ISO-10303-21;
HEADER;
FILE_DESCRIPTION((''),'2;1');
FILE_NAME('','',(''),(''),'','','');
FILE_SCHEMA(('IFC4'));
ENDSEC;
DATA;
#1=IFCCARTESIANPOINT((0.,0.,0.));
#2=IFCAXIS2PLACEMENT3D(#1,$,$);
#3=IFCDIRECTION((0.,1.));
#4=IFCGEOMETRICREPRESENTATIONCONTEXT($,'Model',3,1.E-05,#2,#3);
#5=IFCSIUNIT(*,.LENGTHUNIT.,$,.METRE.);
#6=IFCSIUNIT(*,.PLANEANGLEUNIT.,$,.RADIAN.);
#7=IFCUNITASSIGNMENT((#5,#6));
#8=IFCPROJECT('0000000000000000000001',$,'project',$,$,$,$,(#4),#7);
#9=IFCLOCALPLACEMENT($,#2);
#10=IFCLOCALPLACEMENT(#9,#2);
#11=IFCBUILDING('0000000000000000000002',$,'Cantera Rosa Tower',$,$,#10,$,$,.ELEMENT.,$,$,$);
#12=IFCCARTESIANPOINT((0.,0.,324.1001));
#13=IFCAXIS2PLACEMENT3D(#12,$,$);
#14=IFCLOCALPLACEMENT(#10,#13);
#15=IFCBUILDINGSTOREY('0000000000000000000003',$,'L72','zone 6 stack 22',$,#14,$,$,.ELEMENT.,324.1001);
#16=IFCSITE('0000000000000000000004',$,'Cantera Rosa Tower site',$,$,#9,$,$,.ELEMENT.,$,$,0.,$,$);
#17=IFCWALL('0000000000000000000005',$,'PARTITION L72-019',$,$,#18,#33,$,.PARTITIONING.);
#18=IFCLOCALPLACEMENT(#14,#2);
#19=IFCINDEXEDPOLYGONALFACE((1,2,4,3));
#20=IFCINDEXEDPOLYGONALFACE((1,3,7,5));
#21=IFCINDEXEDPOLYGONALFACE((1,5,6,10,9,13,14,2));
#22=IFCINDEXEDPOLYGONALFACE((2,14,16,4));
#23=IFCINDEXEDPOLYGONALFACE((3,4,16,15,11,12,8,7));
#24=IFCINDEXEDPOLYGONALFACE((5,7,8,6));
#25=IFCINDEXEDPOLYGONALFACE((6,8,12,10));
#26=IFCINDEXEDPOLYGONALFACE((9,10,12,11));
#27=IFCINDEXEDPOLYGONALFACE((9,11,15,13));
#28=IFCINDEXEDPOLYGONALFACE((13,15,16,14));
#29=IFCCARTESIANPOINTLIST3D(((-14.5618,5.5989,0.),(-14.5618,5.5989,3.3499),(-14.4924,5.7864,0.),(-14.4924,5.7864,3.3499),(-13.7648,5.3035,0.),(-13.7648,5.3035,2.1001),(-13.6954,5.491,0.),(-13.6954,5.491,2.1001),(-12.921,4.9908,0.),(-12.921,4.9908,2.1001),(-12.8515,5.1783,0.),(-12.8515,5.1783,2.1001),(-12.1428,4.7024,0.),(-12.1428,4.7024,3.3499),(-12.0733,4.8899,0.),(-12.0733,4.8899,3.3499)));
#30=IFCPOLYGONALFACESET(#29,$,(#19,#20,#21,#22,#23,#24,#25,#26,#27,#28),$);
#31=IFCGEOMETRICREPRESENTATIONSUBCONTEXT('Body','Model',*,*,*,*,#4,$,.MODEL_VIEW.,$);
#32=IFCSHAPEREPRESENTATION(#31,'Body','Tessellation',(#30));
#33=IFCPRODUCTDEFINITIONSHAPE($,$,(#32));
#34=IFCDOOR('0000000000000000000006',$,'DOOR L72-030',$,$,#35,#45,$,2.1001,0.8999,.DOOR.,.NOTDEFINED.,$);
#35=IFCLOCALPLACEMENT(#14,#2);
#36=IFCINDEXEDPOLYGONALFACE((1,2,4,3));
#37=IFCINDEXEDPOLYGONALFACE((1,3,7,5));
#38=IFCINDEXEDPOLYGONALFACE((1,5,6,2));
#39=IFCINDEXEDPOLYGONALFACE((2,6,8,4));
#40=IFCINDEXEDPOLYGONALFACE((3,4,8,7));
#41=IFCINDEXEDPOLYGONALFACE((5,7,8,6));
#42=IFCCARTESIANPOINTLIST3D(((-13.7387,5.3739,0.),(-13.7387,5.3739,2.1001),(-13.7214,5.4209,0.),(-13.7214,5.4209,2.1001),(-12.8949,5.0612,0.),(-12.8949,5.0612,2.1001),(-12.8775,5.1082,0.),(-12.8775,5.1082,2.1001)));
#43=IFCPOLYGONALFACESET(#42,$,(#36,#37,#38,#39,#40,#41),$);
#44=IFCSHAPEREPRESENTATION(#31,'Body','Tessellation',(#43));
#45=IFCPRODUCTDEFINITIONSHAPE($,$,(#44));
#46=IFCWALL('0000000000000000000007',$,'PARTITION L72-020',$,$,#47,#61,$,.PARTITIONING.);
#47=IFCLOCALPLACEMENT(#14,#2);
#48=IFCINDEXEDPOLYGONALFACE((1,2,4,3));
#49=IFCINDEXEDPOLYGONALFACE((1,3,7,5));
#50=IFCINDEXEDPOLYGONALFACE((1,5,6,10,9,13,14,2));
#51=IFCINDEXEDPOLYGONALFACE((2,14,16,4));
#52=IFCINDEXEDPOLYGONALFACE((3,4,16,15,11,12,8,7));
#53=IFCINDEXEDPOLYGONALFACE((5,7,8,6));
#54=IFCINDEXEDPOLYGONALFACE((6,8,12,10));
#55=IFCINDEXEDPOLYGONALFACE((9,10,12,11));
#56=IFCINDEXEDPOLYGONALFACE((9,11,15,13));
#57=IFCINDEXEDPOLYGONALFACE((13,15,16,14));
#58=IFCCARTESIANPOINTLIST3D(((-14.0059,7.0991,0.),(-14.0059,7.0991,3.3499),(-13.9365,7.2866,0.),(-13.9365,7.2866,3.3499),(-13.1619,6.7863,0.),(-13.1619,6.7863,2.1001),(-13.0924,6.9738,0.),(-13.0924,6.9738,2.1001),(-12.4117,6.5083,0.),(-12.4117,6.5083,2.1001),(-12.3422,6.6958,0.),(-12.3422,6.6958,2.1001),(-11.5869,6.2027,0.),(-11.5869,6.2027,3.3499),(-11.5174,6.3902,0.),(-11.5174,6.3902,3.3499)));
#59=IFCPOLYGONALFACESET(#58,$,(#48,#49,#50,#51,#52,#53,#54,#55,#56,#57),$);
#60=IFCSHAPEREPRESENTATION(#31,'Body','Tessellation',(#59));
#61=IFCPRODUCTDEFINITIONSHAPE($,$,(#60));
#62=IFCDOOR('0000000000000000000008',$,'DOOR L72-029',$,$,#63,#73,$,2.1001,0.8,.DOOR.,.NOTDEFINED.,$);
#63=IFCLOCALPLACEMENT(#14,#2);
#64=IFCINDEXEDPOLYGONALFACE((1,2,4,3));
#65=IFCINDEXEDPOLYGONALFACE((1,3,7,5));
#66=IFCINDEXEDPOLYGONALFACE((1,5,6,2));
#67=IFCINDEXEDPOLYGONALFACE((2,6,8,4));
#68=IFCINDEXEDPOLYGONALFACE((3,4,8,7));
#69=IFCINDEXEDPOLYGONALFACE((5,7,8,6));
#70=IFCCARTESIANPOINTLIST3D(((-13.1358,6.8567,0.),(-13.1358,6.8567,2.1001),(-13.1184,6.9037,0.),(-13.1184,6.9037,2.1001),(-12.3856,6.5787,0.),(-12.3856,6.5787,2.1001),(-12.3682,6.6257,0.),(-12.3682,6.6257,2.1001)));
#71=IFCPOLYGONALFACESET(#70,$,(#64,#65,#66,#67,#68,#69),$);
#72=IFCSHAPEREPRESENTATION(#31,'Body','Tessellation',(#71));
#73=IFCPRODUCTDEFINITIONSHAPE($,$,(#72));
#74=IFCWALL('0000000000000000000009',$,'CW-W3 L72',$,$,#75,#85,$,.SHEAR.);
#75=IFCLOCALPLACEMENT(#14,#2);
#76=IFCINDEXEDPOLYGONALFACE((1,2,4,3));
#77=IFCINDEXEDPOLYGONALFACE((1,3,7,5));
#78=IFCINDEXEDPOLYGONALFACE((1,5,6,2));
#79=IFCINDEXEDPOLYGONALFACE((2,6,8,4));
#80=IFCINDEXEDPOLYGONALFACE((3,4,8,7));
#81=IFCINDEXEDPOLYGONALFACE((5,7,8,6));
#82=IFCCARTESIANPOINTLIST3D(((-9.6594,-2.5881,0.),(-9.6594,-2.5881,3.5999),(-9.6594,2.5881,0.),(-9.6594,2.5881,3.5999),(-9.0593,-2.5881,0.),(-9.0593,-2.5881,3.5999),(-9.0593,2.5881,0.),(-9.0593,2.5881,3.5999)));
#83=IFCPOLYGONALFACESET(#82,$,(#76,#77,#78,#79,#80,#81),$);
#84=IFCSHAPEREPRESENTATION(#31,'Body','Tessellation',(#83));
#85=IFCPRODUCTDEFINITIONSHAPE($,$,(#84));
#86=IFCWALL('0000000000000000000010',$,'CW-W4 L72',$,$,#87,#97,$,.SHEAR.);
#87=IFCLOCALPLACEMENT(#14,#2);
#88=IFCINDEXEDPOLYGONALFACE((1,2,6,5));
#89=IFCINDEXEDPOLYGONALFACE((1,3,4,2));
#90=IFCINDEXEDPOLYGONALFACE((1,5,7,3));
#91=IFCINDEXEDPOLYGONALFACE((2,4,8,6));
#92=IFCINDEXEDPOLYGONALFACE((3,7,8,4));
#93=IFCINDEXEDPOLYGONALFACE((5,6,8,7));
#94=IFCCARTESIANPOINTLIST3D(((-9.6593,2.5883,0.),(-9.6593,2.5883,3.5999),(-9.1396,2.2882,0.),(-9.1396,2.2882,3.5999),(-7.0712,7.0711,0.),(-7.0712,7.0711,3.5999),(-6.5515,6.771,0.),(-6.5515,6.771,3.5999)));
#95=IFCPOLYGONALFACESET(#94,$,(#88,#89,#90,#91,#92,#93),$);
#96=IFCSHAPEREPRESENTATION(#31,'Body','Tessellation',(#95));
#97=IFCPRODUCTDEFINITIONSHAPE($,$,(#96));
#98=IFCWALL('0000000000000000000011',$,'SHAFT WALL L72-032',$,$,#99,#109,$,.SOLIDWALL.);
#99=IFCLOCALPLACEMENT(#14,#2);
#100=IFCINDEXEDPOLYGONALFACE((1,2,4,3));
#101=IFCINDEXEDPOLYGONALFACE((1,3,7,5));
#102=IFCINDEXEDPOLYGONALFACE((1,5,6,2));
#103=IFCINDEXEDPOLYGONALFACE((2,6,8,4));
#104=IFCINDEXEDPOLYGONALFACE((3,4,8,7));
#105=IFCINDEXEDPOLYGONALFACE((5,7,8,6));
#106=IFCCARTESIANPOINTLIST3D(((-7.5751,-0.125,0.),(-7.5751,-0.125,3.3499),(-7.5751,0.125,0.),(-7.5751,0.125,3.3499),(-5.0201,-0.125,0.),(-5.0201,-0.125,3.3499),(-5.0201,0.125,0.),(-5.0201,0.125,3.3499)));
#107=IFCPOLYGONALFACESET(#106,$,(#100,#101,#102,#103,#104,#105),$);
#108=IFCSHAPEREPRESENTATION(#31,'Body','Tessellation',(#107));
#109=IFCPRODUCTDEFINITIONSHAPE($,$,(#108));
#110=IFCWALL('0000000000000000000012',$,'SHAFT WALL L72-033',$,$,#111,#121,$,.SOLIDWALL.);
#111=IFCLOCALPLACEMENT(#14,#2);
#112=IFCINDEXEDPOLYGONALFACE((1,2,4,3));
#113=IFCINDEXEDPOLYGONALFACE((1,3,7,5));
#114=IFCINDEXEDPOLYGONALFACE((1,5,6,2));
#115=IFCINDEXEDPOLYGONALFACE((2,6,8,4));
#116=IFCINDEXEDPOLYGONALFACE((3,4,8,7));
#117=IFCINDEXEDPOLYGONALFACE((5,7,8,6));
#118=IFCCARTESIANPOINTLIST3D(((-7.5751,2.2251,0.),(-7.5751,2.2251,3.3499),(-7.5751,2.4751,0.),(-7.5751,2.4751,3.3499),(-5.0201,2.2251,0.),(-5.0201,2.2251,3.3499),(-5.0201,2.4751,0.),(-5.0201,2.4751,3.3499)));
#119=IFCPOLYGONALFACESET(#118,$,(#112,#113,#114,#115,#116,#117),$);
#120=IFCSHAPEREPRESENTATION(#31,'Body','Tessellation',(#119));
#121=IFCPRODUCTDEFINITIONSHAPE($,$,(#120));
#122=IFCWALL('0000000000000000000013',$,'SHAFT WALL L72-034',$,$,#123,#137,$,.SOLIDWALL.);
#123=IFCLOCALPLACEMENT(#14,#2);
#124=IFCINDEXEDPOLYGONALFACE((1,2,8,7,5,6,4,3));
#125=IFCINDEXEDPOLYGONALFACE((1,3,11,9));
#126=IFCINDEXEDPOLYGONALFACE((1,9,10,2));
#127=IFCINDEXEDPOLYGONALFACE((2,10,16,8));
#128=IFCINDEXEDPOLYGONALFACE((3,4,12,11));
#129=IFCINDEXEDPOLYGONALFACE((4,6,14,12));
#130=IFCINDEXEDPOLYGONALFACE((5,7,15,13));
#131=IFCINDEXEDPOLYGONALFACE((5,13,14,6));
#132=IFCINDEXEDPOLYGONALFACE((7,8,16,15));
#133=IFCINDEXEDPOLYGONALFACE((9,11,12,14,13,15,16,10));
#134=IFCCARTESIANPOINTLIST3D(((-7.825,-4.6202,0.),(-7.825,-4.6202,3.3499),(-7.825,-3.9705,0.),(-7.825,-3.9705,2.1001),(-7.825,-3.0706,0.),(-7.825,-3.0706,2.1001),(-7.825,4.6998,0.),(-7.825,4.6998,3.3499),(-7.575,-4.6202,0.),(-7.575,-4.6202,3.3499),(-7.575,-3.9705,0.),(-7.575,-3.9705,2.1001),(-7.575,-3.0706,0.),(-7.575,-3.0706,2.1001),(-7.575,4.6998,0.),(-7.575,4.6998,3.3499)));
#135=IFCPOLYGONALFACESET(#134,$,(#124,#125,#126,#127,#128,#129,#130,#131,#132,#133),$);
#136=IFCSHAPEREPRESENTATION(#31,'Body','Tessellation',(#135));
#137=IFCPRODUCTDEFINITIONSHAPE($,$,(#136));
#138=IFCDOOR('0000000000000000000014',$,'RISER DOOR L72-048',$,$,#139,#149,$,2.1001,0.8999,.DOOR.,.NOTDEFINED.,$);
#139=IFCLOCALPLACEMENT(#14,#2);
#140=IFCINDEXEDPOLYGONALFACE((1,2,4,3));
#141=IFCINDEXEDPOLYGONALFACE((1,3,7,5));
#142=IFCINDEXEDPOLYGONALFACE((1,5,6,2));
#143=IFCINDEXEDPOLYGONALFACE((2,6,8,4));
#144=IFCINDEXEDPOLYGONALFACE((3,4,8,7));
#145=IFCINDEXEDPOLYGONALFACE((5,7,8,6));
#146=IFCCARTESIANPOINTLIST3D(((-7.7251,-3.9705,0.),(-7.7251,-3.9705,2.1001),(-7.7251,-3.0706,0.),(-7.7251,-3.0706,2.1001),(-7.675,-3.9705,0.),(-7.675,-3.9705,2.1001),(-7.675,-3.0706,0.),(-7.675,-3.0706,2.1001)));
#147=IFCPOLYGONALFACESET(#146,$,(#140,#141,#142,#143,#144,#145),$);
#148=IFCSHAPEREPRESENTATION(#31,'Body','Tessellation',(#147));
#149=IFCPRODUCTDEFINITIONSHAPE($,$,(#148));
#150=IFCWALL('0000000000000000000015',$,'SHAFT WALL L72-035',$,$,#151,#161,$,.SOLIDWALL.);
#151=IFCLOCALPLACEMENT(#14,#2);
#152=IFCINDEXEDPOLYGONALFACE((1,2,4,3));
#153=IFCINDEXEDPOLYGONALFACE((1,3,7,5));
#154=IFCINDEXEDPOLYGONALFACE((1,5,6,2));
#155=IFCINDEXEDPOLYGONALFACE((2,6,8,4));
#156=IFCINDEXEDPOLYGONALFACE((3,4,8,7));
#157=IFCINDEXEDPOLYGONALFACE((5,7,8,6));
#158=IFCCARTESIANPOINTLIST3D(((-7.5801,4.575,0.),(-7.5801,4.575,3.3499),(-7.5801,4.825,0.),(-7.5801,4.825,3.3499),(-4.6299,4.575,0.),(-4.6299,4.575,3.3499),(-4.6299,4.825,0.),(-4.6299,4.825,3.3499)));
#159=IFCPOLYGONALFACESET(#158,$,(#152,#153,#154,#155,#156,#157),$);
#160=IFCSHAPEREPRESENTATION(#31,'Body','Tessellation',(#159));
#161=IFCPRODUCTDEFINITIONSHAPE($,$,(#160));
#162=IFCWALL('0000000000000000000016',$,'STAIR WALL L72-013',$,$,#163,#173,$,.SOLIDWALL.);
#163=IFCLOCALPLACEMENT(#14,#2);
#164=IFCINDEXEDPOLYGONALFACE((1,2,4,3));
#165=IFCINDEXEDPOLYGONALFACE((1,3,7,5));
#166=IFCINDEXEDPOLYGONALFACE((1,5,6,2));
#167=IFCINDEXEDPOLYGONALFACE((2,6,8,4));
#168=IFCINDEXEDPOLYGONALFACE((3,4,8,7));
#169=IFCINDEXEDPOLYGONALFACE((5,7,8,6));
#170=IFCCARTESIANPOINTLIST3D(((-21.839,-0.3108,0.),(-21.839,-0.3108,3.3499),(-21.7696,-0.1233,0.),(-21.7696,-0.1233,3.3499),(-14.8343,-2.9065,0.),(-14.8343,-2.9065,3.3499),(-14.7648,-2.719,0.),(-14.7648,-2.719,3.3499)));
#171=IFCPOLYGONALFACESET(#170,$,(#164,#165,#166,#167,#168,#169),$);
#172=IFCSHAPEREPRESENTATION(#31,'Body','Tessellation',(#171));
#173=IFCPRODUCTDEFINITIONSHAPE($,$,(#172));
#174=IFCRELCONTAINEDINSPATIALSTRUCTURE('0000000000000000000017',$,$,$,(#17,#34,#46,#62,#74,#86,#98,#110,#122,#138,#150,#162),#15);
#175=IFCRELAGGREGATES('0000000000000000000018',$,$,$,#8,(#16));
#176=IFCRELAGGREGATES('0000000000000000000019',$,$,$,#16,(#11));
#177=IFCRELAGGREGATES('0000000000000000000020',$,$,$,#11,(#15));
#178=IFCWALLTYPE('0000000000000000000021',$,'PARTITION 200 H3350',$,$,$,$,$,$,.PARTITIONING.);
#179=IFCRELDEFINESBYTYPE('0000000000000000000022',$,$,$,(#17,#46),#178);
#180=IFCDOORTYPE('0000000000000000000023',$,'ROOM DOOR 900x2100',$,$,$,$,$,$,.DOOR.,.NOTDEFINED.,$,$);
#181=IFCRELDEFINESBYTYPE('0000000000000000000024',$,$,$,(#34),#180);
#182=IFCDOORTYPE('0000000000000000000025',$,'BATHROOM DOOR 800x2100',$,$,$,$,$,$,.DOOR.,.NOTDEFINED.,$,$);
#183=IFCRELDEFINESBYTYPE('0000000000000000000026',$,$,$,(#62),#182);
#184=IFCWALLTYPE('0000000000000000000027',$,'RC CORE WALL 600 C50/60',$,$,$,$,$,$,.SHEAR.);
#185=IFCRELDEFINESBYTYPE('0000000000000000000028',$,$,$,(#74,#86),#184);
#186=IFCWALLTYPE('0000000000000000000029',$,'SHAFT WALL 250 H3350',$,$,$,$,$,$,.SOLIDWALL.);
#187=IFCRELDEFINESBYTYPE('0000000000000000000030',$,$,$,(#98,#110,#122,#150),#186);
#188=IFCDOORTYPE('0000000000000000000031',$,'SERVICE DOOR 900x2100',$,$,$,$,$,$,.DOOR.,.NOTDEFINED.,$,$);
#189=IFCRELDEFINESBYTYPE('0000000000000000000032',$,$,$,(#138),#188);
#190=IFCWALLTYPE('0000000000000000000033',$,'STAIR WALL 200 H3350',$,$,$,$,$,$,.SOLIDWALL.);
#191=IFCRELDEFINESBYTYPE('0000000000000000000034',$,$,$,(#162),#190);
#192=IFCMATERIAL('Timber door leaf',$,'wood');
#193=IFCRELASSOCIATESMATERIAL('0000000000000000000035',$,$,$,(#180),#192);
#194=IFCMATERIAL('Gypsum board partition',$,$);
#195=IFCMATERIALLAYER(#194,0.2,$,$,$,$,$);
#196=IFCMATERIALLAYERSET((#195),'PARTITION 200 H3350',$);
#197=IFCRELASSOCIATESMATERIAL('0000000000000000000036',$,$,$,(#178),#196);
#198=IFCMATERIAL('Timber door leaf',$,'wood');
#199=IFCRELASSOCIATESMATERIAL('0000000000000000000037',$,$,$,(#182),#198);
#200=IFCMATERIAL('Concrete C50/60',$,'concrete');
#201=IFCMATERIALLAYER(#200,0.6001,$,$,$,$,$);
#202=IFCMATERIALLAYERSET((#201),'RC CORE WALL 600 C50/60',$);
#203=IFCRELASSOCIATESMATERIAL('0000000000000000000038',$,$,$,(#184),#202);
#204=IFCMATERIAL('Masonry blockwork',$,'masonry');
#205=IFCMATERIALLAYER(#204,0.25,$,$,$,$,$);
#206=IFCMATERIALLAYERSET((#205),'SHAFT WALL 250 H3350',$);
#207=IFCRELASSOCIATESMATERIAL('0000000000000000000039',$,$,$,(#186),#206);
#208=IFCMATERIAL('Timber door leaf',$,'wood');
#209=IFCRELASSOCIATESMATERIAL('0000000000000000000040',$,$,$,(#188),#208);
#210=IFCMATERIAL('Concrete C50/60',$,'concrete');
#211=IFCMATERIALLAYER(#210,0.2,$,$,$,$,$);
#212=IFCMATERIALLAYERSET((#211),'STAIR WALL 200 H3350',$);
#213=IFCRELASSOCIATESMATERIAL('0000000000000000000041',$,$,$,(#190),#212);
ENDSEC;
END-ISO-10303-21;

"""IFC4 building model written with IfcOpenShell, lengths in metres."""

from ifc_helpers import new_model, si_unit, direction, frame, frame_2d, origin, place, context, subcontext, project, spatial, rectangle, extrude, material, layer, layer_set, type_object, element, fill, save


model = new_model("IFC4")

# Units and contexts
model_context = context("Model", 3, precision=1e-05, world=origin(), true_north=direction((0.0, 1.0)))
body_context = subcontext(model_context, "Body", "Model", "MODEL_VIEW")
ifc_project = project(units=[si_unit("LENGTHUNIT", "METRE"), si_unit("PLANEANGLEUNIT", "RADIAN")], contexts=[model_context])

# Site, building, storey
site_placement = place(None, origin())
site = spatial("IfcSite", under=ifc_project, at=site_placement, Name="Cantera Rosa Tower site", CompositionType="ELEMENT", RefElevation=0.0)
building_placement = place(site_placement, origin())
building = spatial("IfcBuilding", under=site, at=building_placement, Name="Cantera Rosa Tower", CompositionType="ELEMENT")
storey_placement = place(building_placement, frame((0.0, 0.0, 324.1001)))
storey = spatial("IfcBuildingStorey", under=building, at=storey_placement, Name="L72", Description="zone 6 stack 22", CompositionType="ELEMENT", Elevation=324.1001)

# Shared definitions
ifc_material_1 = material(Name="Timber door leaf", Category="wood")
door_type_1 = type_object("IfcDoorType", Name="ROOM DOOR 900x2100", OperationType="NOTDEFINED", PredefinedType="DOOR", material=ifc_material_1)

# Walls, openings, doors
ifc_material_2 = material(Name="Gypsum board partition")
ifc_layer_1 = layer(ifc_material_2, 0.2)
ifc_layer_set_1 = layer_set([ifc_layer_1], Name="PARTITION 200 H3350")
wall_type_1 = type_object("IfcWallType", Name="PARTITION 200 H3350", PredefinedType="PARTITIONING", material=ifc_layer_set_1)
wall_1_placement = place(storey_placement, frame((-12.1079, 4.7961, 0.0), z_axis=(0.0, 0.0, 1.0), x_axis=(-0.937687, 0.347481, 0.0)))
wall_1 = element("IfcWall", 1, at=wall_1_placement, inside=storey, type_object=wall_type_1, Name="PARTITION L72-019", PredefinedType="PARTITIONING", context=body_context, shape_type="SweptSolid", body=[
    extrude(rectangle(XDim=2.5798, YDim=0.2, at=frame_2d((1.29, 0.0))), origin(), (0.0, 0.0, 1.0), 3.3499),
])
opening_1_placement = place(wall_1_placement, frame((0.8301, 0.0, 0.0)))
opening_1 = element("IfcOpeningElement", 2, at=opening_1_placement, cuts=wall_1, PredefinedType="OPENING", context=body_context, shape_type="SweptSolid", body=[
    extrude(rectangle(XDim=0.8999, YDim=2.1001, at=frame_2d((0.45, 1.05))), frame((0.0, 0.1099, 0.0), z_axis=(0.0, -1.0, 0.0), x_axis=(1.0, 0.0, 0.0)), (0.0, 0.0, 1.0), 0.22),
])
door_1_placement = place(opening_1_placement, origin())
door_1 = element("IfcDoor", 3, at=door_1_placement, inside=storey, type_object=door_type_1, Name="DOOR L72-030", OperationType="NOTDEFINED", OverallHeight=2.1001, OverallWidth=0.8999, PredefinedType="DOOR", context=body_context, shape_type="SweptSolid", body=[
    extrude(rectangle(XDim=0.8999, YDim=2.1001, at=frame_2d((0.45, 1.05))), frame((0.0, 0.0249, 0.0), z_axis=(0.0, -1.0, 0.0), x_axis=(1.0, 0.0, 0.0)), (0.0, 0.0, 1.0), 0.05),
])
fill(opening_1, door_1)
wall_2_placement = place(storey_placement, frame((-11.552, 6.2964, 0.0), z_axis=(0.0, 0.0, 1.0), x_axis=(-0.937687, 0.347481, 0.0)))
wall_2 = element("IfcWall", 4, at=wall_2_placement, inside=storey, type_object=wall_type_1, Name="PARTITION L72-020", PredefinedType="PARTITIONING", context=body_context, shape_type="SweptSolid", body=[
    extrude(rectangle(XDim=2.5798, YDim=0.2, at=frame_2d((1.29, 0.0))), origin(), (0.0, 0.0, 1.0), 3.3499),
])
opening_2_placement = place(wall_2_placement, frame((0.8799, 0.0, 0.0)))
opening_2 = element("IfcOpeningElement", 5, at=opening_2_placement, cuts=wall_2, PredefinedType="OPENING", context=body_context, shape_type="SweptSolid", body=[
    extrude(rectangle(XDim=0.8, YDim=2.1001, at=frame_2d((0.3999, 1.05))), frame((0.0, 0.1099, 0.0), z_axis=(0.0, -1.0, 0.0), x_axis=(1.0, 0.0, 0.0)), (0.0, 0.0, 1.0), 0.22),
])
ifc_material_3 = material(Name="Timber door leaf", Category="wood")
door_type_2 = type_object("IfcDoorType", Name="BATHROOM DOOR 800x2100", OperationType="NOTDEFINED", PredefinedType="DOOR", material=ifc_material_3)
door_2_placement = place(opening_2_placement, origin())
door_2 = element("IfcDoor", 6, at=door_2_placement, inside=storey, type_object=door_type_2, Name="DOOR L72-029", OperationType="NOTDEFINED", OverallHeight=2.1001, OverallWidth=0.8, PredefinedType="DOOR", context=body_context, shape_type="SweptSolid", body=[
    extrude(rectangle(XDim=0.8, YDim=2.1001, at=frame_2d((0.3999, 1.05))), frame((0.0, 0.0249, 0.0), z_axis=(0.0, -1.0, 0.0), x_axis=(1.0, 0.0, 0.0)), (0.0, 0.0, 1.0), 0.05),
])
fill(opening_2, door_2)

# Walls
ifc_material_4 = material(Name="Concrete C50/60", Category="concrete")
ifc_layer_2 = layer(ifc_material_4, 0.6001)
ifc_layer_set_2 = layer_set([ifc_layer_2], Name="RC CORE WALL 600 C50/60")
wall_type_2 = type_object("IfcWallType", Name="RC CORE WALL 600 C50/60", PredefinedType="SHEAR", material=ifc_layer_set_2)
for number, where, z_axis, x_axis, name in (
    (7, (-9.3594, -2.5881, 0.0), (0.0, 0.0, 1.0), (0.0, 1.0, 0.0), "CW-W3 L72"),
    (8, (-9.3994, 2.4382, 0.0), (0.0, 0.0, 1.0), (0.499989, 0.866032, 0.0), "CW-W4 L72"),
):
    element("IfcWall", number, at=place(storey_placement, frame(where, z_axis=z_axis, x_axis=x_axis)), inside=storey, type_object=wall_type_2, Name=name, PredefinedType="SHEAR", context=body_context, shape_type="SweptSolid", body=[
        extrude(rectangle(XDim=5.1763, YDim=0.6001, at=frame_2d((2.5881, 0.0))), origin(), (0.0, 0.0, 1.0), 3.5999),
    ])
ifc_material_5 = material(Name="Masonry blockwork", Category="masonry")
ifc_layer_3 = layer(ifc_material_5, 0.25)
ifc_layer_set_3 = layer_set([ifc_layer_3], Name="SHAFT WALL 250 H3350")
wall_type_3 = type_object("IfcWallType", Name="SHAFT WALL 250 H3350", PredefinedType="SOLIDWALL", material=ifc_layer_set_3)
for number, where, z_axis, x_axis, name in (
    (9, (-7.575, 0.0, 0.0), (0.0, 0.0, 1.0), (1.0, 0.0, 0.0), "SHAFT WALL L72-032"),
    (10, (-7.575, 2.3501, 0.0), (0.0, 0.0, 1.0), (1.0, 0.0, 0.0), "SHAFT WALL L72-033"),
):
    element("IfcWall", number, at=place(storey_placement, frame(where, z_axis=z_axis, x_axis=x_axis)), inside=storey, type_object=wall_type_3, Name=name, PredefinedType="SOLIDWALL", context=body_context, shape_type="SweptSolid", body=[
        extrude(rectangle(XDim=2.5549, YDim=0.25, at=frame_2d((1.2773, 0.0))), origin(), (0.0, 0.0, 1.0), 3.3499),
    ])

# Wall, opening, door
wall_3_placement = place(storey_placement, frame((-7.7, 4.7, 0.0), z_axis=(0.0, 0.0, 1.0), x_axis=(0.0, -1.0, 0.0)))
wall_3 = element("IfcWall", 11, at=wall_3_placement, inside=storey, type_object=wall_type_3, Name="SHAFT WALL L72-034", PredefinedType="SOLIDWALL", context=body_context, shape_type="SweptSolid", body=[
    extrude(rectangle(XDim=9.3201, YDim=0.25, at=frame_2d((4.6602, 0.0))), origin(), (0.0, 0.0, 1.0), 3.3499),
])
opening_3_placement = place(wall_3_placement, frame((7.7705, 0.0, 0.0)))
opening_3 = element("IfcOpeningElement", 12, at=opening_3_placement, cuts=wall_3, PredefinedType="OPENING", context=body_context, shape_type="SweptSolid", body=[
    extrude(rectangle(XDim=0.8999, YDim=2.1001, at=frame_2d((0.45, 1.05))), frame((0.0, 0.135, 0.0), z_axis=(0.0, -1.0, 0.0), x_axis=(1.0, 0.0, 0.0)), (0.0, 0.0, 1.0), 0.27),
])
ifc_material_6 = material(Name="Timber door leaf", Category="wood")
door_type_3 = type_object("IfcDoorType", Name="SERVICE DOOR 900x2100", OperationType="NOTDEFINED", PredefinedType="DOOR", material=ifc_material_6)
door_3_placement = place(opening_3_placement, origin())
door_3 = element("IfcDoor", 13, at=door_3_placement, inside=storey, type_object=door_type_3, Name="RISER DOOR L72-048", OperationType="NOTDEFINED", OverallHeight=2.1001, OverallWidth=0.8999, PredefinedType="DOOR", context=body_context, shape_type="SweptSolid", body=[
    extrude(rectangle(XDim=0.8999, YDim=2.1001, at=frame_2d((0.45, 1.05))), frame((0.0, 0.0249, 0.0), z_axis=(0.0, -1.0, 0.0), x_axis=(1.0, 0.0, 0.0)), (0.0, 0.0, 1.0), 0.05),
])
fill(opening_3, door_3)

# Walls
wall_4_placement = place(storey_placement, frame((-7.5801, 4.7, 0.0), z_axis=(0.0, 0.0, 1.0), x_axis=(1.0, 0.0, 0.0)))
element("IfcWall", 14, at=wall_4_placement, inside=storey, type_object=wall_type_3, Name="SHAFT WALL L72-035", PredefinedType="SOLIDWALL", context=body_context, shape_type="SweptSolid", body=[
    extrude(rectangle(XDim=2.9502, YDim=0.25, at=frame_2d((1.4751, 0.0))), origin(), (0.0, 0.0, 1.0), 3.3499),
])
ifc_material_7 = material(Name="Concrete C50/60", Category="concrete")
ifc_layer_4 = layer(ifc_material_7, 0.2)
ifc_layer_set_4 = layer_set([ifc_layer_4], Name="STAIR WALL 200 H3350")
wall_type_4 = type_object("IfcWallType", Name="STAIR WALL 200 H3350", PredefinedType="SOLIDWALL", material=ifc_layer_set_4)
wall_5_placement = place(storey_placement, frame((-14.7996, -2.8127, 0.0), z_axis=(0.0, 0.0, 1.0), x_axis=(-0.937688, 0.347478, 0.0)))
element("IfcWall", 15, at=wall_5_placement, inside=storey, type_object=wall_type_4, Name="STAIR WALL L72-013", PredefinedType="SOLIDWALL", context=body_context, shape_type="SweptSolid", body=[
    extrude(rectangle(XDim=7.4702, YDim=0.2, at=frame_2d((3.7351, 0.0))), origin(), (0.0, 0.0, 1.0), 3.3499),
])

save(model, "model.ifc")
